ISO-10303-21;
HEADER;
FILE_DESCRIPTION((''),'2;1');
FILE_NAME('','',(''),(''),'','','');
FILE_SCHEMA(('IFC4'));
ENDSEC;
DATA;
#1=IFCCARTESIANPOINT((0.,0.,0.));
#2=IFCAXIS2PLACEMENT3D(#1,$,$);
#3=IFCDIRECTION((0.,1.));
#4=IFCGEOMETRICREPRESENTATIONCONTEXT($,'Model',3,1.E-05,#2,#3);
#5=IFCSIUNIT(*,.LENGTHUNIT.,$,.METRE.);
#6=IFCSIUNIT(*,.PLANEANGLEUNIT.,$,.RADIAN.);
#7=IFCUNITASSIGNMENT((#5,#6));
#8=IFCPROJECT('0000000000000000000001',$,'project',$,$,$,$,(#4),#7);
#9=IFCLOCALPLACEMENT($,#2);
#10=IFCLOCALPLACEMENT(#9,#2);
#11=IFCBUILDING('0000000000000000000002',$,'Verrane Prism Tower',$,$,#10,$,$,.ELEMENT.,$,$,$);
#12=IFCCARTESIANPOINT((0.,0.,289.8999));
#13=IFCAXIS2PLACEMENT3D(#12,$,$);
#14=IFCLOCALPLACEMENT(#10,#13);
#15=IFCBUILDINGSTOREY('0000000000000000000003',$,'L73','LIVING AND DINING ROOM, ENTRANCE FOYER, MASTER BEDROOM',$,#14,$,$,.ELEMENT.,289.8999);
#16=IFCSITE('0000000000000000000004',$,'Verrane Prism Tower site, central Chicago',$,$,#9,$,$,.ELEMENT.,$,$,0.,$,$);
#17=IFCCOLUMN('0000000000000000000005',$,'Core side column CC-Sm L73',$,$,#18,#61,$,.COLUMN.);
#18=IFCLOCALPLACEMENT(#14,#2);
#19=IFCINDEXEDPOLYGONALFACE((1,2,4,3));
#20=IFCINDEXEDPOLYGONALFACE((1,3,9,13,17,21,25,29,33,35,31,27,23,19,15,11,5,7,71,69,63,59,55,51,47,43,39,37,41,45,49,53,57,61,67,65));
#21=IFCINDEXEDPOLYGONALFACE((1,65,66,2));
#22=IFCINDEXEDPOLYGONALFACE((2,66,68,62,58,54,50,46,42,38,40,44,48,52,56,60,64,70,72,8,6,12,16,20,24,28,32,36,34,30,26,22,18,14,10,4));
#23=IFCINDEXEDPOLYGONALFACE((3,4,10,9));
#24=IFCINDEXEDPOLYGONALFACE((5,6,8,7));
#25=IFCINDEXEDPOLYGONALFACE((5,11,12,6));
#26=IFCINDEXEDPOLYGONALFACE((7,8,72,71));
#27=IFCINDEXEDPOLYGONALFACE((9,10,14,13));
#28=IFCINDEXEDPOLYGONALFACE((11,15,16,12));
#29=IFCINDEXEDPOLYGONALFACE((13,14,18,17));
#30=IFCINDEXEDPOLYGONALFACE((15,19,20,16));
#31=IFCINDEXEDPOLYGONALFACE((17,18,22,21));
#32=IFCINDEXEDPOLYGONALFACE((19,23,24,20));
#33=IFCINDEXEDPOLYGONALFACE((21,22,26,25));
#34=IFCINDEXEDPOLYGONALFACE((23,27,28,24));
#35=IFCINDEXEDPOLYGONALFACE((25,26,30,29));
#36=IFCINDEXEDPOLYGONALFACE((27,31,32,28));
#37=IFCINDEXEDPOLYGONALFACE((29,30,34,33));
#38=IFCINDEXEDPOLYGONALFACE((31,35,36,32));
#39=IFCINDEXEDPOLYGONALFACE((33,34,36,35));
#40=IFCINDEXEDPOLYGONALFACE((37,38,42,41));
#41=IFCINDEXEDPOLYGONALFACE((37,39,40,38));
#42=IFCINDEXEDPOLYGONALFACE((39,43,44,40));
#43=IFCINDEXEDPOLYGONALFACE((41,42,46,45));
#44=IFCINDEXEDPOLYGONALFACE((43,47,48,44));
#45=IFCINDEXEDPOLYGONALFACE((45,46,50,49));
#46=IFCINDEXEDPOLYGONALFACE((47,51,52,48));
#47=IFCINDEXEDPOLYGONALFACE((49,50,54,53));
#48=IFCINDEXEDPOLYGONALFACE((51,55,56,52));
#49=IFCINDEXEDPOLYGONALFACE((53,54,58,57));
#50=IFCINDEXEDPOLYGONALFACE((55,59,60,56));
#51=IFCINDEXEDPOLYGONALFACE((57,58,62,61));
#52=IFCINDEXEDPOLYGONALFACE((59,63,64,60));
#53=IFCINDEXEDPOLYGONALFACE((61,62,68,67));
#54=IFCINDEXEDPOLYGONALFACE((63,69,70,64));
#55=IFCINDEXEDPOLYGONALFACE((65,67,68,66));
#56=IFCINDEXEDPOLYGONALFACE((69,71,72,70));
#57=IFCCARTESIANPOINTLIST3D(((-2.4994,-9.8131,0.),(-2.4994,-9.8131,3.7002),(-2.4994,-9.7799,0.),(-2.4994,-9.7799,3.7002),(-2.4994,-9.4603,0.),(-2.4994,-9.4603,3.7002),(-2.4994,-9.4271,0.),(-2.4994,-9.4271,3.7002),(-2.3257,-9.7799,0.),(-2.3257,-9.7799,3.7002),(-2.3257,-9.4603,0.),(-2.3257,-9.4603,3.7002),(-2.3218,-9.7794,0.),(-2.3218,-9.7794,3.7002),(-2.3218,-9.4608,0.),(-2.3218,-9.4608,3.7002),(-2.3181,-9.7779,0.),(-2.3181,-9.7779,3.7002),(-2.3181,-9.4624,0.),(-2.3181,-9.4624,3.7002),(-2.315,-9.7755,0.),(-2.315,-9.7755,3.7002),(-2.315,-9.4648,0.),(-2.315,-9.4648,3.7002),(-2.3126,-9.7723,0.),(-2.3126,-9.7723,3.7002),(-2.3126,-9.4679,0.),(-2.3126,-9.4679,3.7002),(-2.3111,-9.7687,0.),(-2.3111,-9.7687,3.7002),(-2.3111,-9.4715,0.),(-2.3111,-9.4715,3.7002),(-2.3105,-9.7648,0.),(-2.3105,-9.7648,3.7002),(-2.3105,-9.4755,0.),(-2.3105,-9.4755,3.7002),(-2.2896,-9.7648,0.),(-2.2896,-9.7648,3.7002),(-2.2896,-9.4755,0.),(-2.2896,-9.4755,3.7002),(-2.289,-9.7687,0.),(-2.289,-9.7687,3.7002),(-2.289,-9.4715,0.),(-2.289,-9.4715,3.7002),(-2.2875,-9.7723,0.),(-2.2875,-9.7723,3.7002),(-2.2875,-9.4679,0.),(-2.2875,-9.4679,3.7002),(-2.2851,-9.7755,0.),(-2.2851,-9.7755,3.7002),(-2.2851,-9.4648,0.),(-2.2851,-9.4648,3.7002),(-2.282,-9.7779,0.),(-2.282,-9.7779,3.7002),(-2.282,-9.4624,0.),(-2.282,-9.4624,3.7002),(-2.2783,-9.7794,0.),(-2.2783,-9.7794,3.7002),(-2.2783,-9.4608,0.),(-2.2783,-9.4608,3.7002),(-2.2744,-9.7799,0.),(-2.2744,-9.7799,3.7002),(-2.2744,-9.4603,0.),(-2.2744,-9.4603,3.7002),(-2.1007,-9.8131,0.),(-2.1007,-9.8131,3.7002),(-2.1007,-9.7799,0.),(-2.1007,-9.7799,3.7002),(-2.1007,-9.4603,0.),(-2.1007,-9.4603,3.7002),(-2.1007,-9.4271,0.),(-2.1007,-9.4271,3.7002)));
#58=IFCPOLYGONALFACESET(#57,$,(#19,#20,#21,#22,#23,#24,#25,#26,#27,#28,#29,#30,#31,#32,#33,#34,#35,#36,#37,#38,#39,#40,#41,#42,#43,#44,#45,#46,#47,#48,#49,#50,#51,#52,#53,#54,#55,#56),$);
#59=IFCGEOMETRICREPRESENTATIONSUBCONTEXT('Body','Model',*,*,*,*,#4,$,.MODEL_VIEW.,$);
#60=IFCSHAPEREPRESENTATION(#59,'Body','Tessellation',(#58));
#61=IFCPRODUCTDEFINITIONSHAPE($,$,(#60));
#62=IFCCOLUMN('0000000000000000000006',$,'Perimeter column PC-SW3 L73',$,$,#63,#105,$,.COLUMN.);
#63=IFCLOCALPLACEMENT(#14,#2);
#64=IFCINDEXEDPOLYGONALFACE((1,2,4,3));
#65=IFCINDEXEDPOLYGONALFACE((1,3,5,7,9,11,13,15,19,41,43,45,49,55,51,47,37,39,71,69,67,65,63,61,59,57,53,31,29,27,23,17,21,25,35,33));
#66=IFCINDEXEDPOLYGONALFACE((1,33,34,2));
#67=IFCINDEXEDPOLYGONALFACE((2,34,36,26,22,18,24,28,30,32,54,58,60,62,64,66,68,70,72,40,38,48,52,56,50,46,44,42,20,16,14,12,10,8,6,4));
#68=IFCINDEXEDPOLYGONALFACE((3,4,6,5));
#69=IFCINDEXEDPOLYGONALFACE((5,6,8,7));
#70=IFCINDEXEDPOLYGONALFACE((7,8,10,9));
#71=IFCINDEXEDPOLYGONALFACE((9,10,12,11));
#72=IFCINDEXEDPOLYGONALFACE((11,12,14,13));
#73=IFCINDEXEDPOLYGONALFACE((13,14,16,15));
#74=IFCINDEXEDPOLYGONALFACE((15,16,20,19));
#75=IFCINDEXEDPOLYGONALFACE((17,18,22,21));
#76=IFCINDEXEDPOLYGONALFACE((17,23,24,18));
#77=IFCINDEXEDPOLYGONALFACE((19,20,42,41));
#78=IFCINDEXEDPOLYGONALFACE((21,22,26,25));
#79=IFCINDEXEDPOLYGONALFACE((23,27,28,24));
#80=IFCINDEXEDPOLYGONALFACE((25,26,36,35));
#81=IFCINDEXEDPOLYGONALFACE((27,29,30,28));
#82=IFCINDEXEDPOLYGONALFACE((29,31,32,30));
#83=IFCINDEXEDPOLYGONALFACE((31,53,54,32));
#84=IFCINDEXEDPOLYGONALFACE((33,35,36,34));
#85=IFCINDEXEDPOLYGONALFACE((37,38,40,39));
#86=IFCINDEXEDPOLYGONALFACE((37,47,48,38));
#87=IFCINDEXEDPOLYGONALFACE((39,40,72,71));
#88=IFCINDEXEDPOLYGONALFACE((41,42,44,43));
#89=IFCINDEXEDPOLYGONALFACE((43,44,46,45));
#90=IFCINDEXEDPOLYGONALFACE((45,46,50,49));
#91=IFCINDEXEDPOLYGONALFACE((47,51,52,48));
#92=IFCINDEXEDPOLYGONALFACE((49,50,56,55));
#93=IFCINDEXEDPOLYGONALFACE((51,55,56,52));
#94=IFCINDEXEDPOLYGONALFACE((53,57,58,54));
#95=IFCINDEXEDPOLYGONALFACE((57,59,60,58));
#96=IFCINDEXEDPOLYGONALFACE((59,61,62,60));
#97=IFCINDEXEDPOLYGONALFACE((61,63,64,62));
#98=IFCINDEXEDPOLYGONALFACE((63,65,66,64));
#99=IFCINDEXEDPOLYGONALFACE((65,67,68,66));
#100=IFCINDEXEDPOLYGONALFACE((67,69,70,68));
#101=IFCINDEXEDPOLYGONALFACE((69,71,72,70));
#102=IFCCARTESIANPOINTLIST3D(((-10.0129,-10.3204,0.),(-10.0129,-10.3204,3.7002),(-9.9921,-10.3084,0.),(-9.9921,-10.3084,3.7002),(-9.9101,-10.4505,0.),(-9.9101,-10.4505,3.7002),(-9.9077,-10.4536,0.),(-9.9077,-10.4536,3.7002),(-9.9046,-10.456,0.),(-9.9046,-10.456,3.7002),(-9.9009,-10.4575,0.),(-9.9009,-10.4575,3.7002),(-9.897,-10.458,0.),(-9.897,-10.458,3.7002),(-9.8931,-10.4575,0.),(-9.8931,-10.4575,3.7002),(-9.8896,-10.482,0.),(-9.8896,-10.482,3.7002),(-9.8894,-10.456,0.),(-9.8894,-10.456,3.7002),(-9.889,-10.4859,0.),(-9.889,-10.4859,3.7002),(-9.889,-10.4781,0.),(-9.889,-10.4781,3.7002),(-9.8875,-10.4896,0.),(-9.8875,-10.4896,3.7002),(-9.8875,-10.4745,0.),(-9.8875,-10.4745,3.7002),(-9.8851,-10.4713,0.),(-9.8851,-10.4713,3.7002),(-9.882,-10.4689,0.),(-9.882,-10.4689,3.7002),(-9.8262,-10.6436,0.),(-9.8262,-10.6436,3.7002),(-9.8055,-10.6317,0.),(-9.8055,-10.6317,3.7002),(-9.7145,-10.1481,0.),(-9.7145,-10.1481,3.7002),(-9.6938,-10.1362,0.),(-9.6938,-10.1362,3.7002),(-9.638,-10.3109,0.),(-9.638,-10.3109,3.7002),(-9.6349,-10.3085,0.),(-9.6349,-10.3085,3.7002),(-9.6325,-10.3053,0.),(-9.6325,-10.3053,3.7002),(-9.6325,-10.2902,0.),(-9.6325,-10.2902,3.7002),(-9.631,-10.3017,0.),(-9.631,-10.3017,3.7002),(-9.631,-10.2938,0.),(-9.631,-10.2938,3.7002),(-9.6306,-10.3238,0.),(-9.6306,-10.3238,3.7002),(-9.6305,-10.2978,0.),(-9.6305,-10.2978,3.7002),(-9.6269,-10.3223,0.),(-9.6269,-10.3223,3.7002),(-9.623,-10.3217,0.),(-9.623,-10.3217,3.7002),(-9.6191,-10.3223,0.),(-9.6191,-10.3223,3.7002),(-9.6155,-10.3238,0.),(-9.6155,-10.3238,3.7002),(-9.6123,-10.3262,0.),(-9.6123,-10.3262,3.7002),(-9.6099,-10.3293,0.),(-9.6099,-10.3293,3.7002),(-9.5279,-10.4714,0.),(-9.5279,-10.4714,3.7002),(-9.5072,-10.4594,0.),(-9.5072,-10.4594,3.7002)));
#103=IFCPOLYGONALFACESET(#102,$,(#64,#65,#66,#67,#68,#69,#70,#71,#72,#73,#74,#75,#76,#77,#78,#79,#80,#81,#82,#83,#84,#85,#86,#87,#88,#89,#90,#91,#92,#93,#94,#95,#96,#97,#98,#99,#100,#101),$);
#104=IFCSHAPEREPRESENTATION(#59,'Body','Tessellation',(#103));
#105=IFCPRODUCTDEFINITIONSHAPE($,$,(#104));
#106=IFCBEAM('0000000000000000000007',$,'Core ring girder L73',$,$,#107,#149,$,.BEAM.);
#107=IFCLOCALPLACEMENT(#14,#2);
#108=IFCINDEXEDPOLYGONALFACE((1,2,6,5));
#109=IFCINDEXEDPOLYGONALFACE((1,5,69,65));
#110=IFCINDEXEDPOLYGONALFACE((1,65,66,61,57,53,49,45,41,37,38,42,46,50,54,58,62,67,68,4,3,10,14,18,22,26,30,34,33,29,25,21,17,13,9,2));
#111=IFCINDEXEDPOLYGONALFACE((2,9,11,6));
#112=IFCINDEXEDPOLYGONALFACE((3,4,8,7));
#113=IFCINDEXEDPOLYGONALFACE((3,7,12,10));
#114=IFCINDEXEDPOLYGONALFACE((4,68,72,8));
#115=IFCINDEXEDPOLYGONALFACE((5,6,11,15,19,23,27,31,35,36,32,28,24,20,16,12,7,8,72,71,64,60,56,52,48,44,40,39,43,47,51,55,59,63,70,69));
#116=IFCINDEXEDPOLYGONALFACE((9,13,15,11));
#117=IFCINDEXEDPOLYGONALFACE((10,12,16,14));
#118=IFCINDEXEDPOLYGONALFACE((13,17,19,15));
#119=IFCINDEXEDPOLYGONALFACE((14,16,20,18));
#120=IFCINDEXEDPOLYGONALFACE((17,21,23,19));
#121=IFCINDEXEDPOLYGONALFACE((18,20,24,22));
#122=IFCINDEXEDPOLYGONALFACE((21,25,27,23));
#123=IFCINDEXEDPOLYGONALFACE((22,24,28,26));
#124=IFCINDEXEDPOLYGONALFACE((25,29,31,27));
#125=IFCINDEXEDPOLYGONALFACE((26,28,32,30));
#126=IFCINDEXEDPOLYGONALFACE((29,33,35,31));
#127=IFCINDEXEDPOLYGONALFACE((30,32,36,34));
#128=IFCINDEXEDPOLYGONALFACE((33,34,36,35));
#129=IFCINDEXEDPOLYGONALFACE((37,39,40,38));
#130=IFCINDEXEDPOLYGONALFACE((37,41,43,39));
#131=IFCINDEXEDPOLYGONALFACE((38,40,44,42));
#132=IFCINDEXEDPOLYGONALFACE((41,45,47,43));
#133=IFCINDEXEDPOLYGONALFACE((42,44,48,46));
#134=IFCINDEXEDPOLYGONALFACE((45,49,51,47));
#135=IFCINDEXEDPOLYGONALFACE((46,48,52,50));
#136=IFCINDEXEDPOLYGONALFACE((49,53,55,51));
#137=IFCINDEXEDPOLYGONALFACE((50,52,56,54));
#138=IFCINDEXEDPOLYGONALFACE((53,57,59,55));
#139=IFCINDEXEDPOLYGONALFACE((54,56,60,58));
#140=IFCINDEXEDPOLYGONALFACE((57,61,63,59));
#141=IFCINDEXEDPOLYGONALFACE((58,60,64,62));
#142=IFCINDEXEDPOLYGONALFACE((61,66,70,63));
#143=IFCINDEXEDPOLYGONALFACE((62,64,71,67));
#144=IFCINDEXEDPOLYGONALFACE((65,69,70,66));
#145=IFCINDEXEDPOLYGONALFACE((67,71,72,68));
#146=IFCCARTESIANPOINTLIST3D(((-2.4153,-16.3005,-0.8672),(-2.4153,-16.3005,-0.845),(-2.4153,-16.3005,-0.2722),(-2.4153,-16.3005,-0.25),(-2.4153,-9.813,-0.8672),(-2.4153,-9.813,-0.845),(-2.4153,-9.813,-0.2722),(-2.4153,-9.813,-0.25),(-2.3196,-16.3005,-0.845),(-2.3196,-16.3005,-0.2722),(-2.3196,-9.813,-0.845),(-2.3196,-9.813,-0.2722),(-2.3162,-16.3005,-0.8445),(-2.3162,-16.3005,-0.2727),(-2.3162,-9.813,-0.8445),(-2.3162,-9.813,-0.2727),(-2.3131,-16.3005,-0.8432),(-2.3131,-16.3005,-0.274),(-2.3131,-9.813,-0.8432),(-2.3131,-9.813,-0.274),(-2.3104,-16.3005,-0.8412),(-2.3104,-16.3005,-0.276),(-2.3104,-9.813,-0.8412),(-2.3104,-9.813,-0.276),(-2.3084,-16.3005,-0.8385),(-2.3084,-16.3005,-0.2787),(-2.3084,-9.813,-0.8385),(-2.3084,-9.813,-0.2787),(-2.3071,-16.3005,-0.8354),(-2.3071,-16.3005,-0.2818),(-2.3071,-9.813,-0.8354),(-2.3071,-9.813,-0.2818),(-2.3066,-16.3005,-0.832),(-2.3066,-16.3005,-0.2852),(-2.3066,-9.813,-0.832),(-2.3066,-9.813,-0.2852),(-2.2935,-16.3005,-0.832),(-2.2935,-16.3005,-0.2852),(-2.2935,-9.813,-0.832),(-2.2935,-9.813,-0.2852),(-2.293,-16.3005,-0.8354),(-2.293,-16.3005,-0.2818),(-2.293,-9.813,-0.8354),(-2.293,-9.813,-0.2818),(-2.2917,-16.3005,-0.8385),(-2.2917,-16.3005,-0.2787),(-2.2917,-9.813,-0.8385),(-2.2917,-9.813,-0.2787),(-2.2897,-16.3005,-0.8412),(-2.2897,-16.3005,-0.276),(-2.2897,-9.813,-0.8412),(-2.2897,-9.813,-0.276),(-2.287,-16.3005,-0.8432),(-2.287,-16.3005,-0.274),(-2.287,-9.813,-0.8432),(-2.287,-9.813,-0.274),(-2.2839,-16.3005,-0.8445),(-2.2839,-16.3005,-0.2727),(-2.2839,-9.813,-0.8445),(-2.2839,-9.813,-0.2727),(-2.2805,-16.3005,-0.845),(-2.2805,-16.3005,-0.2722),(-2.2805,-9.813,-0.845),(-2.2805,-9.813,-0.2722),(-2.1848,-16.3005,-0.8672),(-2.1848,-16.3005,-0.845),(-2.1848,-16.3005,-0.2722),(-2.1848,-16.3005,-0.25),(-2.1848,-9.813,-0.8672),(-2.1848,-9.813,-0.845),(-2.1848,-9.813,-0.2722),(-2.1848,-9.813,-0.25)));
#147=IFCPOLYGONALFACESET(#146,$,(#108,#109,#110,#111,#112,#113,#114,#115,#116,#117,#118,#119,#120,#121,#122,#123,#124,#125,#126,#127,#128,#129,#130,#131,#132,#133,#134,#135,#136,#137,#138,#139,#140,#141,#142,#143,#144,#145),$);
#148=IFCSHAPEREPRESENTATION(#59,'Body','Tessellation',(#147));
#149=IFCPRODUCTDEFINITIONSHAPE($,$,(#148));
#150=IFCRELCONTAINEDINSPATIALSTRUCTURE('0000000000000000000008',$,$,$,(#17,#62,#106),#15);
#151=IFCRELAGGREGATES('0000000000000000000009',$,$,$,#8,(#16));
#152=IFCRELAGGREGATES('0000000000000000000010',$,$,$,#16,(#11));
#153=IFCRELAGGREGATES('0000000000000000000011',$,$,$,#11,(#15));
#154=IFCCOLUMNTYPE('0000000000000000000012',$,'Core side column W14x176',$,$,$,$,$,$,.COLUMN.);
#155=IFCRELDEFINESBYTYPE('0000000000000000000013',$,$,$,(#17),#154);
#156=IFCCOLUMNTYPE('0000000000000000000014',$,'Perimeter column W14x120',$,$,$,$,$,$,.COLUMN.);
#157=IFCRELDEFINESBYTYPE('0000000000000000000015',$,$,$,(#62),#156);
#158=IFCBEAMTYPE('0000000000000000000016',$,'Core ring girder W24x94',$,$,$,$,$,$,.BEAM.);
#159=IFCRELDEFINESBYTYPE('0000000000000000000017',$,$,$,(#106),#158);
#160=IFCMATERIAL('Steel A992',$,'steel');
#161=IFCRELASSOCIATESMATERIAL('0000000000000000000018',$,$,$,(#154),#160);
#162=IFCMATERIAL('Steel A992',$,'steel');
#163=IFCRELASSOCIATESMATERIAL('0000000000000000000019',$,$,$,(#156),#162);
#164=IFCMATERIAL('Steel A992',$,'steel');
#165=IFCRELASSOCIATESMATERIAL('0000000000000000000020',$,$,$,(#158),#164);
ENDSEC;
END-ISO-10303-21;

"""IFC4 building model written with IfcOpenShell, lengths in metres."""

from ifc_helpers import new_model, si_unit, direction, frame, origin, origin_2d, place, context, subcontext, project, spatial, i_section, extrude, material, material_profile, profile_set, type_object, element, save


model = new_model("IFC4")

# Units and contexts
model_context = context("Model", 3, precision=1e-05, world=origin(), true_north=direction((0.0, 1.0)))
body_context = subcontext(model_context, "Body", "Model", "MODEL_VIEW")
ifc_project = project(units=[si_unit("LENGTHUNIT", "METRE"), si_unit("PLANEANGLEUNIT", "RADIAN")], contexts=[model_context])

# Site, building, storey
site_placement = place(None, origin())
site = spatial("IfcSite", under=ifc_project, at=site_placement, Name="Verrane Prism Tower site, central Chicago", CompositionType="ELEMENT", RefElevation=0.0)
building_placement = place(site_placement, origin())
building = spatial("IfcBuilding", under=site, at=building_placement, Name="Verrane Prism Tower", CompositionType="ELEMENT")
storey_placement = place(building_placement, frame((0.0, 0.0, 289.8999)))
storey = spatial("IfcBuildingStorey", under=building, at=storey_placement, Name="L73", Description="LIVING AND DINING ROOM, ENTRANCE FOYER, MASTER BEDROOM", CompositionType="ELEMENT", Elevation=289.8999)

# Columns
ifc_material_1 = material(Name="Steel A992", Category="steel")
ifc_material_profile_1 = material_profile(ifc_material_1, i_section(OverallWidth=0.3987, OverallDepth=0.386, WebThickness=0.021, FlangeThickness=0.0332, FilletRadius=0.0151, at=origin_2d()), Name="W14x176")
ifc_profile_set_1 = profile_set([ifc_material_profile_1], Name="Steel A992")
column_type_1 = type_object("IfcColumnType", Name="Core side column W14x176", PredefinedType="COLUMN", material=ifc_profile_set_1)
column_1_placement = place(storey_placement, frame((-2.3, -9.6201, 0.0), z_axis=(0.0, 0.0, 1.0), x_axis=(1.0, 0.0, 0.0)))
element("IfcColumn", 1, at=column_1_placement, inside=storey, type_object=column_type_1, Name="Core side column CC-Sm L73", PredefinedType="COLUMN", context=body_context, shape_type="SweptSolid", body=[
    extrude(i_section(OverallWidth=0.3987, OverallDepth=0.386, WebThickness=0.021, FlangeThickness=0.0332, FilletRadius=0.0151, at=origin_2d()), origin(), (0.0, 0.0, 1.0), 3.7002),
])
ifc_material_2 = material(Name="Steel A992", Category="steel")
ifc_material_profile_2 = material_profile(ifc_material_2, i_section(OverallWidth=0.3733, OverallDepth=0.3684, WebThickness=0.0149, FlangeThickness=0.0239, FilletRadius=0.0151, at=origin_2d()), Name="W14x120")
ifc_profile_set_2 = profile_set([ifc_material_profile_2], Name="Steel A992")
column_type_2 = type_object("IfcColumnType", Name="Perimeter column W14x120", PredefinedType="COLUMN", material=ifc_profile_set_2)
column_2_placement = place(storey_placement, frame((-9.76, -10.3899, 0.0), z_axis=(0.0, 0.0, 1.0), x_axis=(-0.5, 0.866025, 0.0)))
element("IfcColumn", 2, at=column_2_placement, inside=storey, type_object=column_type_2, Name="Perimeter column PC-SW3 L73", PredefinedType="COLUMN", context=body_context, shape_type="SweptSolid", body=[
    extrude(i_section(OverallWidth=0.3733, OverallDepth=0.3684, WebThickness=0.0149, FlangeThickness=0.0239, FilletRadius=0.0151, at=origin_2d()), origin(), (0.0, 0.0, 1.0), 3.7002),
])

# Beam
ifc_material_3 = material(Name="Steel A992", Category="steel")
ifc_material_profile_3 = material_profile(ifc_material_3, i_section(OverallWidth=0.2305, OverallDepth=0.6172, WebThickness=0.0132, FlangeThickness=0.0222, FilletRadius=0.0129, at=origin_2d()), Name="W24x94")
ifc_profile_set_3 = profile_set([ifc_material_profile_3], Name="Steel A992")
beam_type_1 = type_object("IfcBeamType", Name="Core ring girder W24x94", PredefinedType="BEAM", material=ifc_profile_set_3)
beam_1_placement = place(storey_placement, frame((-2.3, -9.813, -0.5586), z_axis=(0.0, -1.0, 0.0), x_axis=(1.0, 0.0, 0.0)))
element("IfcBeam", 3, at=beam_1_placement, inside=storey, type_object=beam_type_1, Name="Core ring girder L73", PredefinedType="BEAM", context=body_context, shape_type="SweptSolid", body=[
    extrude(i_section(OverallWidth=0.2305, OverallDepth=0.6172, WebThickness=0.0132, FlangeThickness=0.0222, FilletRadius=0.0129, at=origin_2d()), origin(), (0.0, 0.0, 1.0), 6.4875),
])

save(model, "model.ifc")
